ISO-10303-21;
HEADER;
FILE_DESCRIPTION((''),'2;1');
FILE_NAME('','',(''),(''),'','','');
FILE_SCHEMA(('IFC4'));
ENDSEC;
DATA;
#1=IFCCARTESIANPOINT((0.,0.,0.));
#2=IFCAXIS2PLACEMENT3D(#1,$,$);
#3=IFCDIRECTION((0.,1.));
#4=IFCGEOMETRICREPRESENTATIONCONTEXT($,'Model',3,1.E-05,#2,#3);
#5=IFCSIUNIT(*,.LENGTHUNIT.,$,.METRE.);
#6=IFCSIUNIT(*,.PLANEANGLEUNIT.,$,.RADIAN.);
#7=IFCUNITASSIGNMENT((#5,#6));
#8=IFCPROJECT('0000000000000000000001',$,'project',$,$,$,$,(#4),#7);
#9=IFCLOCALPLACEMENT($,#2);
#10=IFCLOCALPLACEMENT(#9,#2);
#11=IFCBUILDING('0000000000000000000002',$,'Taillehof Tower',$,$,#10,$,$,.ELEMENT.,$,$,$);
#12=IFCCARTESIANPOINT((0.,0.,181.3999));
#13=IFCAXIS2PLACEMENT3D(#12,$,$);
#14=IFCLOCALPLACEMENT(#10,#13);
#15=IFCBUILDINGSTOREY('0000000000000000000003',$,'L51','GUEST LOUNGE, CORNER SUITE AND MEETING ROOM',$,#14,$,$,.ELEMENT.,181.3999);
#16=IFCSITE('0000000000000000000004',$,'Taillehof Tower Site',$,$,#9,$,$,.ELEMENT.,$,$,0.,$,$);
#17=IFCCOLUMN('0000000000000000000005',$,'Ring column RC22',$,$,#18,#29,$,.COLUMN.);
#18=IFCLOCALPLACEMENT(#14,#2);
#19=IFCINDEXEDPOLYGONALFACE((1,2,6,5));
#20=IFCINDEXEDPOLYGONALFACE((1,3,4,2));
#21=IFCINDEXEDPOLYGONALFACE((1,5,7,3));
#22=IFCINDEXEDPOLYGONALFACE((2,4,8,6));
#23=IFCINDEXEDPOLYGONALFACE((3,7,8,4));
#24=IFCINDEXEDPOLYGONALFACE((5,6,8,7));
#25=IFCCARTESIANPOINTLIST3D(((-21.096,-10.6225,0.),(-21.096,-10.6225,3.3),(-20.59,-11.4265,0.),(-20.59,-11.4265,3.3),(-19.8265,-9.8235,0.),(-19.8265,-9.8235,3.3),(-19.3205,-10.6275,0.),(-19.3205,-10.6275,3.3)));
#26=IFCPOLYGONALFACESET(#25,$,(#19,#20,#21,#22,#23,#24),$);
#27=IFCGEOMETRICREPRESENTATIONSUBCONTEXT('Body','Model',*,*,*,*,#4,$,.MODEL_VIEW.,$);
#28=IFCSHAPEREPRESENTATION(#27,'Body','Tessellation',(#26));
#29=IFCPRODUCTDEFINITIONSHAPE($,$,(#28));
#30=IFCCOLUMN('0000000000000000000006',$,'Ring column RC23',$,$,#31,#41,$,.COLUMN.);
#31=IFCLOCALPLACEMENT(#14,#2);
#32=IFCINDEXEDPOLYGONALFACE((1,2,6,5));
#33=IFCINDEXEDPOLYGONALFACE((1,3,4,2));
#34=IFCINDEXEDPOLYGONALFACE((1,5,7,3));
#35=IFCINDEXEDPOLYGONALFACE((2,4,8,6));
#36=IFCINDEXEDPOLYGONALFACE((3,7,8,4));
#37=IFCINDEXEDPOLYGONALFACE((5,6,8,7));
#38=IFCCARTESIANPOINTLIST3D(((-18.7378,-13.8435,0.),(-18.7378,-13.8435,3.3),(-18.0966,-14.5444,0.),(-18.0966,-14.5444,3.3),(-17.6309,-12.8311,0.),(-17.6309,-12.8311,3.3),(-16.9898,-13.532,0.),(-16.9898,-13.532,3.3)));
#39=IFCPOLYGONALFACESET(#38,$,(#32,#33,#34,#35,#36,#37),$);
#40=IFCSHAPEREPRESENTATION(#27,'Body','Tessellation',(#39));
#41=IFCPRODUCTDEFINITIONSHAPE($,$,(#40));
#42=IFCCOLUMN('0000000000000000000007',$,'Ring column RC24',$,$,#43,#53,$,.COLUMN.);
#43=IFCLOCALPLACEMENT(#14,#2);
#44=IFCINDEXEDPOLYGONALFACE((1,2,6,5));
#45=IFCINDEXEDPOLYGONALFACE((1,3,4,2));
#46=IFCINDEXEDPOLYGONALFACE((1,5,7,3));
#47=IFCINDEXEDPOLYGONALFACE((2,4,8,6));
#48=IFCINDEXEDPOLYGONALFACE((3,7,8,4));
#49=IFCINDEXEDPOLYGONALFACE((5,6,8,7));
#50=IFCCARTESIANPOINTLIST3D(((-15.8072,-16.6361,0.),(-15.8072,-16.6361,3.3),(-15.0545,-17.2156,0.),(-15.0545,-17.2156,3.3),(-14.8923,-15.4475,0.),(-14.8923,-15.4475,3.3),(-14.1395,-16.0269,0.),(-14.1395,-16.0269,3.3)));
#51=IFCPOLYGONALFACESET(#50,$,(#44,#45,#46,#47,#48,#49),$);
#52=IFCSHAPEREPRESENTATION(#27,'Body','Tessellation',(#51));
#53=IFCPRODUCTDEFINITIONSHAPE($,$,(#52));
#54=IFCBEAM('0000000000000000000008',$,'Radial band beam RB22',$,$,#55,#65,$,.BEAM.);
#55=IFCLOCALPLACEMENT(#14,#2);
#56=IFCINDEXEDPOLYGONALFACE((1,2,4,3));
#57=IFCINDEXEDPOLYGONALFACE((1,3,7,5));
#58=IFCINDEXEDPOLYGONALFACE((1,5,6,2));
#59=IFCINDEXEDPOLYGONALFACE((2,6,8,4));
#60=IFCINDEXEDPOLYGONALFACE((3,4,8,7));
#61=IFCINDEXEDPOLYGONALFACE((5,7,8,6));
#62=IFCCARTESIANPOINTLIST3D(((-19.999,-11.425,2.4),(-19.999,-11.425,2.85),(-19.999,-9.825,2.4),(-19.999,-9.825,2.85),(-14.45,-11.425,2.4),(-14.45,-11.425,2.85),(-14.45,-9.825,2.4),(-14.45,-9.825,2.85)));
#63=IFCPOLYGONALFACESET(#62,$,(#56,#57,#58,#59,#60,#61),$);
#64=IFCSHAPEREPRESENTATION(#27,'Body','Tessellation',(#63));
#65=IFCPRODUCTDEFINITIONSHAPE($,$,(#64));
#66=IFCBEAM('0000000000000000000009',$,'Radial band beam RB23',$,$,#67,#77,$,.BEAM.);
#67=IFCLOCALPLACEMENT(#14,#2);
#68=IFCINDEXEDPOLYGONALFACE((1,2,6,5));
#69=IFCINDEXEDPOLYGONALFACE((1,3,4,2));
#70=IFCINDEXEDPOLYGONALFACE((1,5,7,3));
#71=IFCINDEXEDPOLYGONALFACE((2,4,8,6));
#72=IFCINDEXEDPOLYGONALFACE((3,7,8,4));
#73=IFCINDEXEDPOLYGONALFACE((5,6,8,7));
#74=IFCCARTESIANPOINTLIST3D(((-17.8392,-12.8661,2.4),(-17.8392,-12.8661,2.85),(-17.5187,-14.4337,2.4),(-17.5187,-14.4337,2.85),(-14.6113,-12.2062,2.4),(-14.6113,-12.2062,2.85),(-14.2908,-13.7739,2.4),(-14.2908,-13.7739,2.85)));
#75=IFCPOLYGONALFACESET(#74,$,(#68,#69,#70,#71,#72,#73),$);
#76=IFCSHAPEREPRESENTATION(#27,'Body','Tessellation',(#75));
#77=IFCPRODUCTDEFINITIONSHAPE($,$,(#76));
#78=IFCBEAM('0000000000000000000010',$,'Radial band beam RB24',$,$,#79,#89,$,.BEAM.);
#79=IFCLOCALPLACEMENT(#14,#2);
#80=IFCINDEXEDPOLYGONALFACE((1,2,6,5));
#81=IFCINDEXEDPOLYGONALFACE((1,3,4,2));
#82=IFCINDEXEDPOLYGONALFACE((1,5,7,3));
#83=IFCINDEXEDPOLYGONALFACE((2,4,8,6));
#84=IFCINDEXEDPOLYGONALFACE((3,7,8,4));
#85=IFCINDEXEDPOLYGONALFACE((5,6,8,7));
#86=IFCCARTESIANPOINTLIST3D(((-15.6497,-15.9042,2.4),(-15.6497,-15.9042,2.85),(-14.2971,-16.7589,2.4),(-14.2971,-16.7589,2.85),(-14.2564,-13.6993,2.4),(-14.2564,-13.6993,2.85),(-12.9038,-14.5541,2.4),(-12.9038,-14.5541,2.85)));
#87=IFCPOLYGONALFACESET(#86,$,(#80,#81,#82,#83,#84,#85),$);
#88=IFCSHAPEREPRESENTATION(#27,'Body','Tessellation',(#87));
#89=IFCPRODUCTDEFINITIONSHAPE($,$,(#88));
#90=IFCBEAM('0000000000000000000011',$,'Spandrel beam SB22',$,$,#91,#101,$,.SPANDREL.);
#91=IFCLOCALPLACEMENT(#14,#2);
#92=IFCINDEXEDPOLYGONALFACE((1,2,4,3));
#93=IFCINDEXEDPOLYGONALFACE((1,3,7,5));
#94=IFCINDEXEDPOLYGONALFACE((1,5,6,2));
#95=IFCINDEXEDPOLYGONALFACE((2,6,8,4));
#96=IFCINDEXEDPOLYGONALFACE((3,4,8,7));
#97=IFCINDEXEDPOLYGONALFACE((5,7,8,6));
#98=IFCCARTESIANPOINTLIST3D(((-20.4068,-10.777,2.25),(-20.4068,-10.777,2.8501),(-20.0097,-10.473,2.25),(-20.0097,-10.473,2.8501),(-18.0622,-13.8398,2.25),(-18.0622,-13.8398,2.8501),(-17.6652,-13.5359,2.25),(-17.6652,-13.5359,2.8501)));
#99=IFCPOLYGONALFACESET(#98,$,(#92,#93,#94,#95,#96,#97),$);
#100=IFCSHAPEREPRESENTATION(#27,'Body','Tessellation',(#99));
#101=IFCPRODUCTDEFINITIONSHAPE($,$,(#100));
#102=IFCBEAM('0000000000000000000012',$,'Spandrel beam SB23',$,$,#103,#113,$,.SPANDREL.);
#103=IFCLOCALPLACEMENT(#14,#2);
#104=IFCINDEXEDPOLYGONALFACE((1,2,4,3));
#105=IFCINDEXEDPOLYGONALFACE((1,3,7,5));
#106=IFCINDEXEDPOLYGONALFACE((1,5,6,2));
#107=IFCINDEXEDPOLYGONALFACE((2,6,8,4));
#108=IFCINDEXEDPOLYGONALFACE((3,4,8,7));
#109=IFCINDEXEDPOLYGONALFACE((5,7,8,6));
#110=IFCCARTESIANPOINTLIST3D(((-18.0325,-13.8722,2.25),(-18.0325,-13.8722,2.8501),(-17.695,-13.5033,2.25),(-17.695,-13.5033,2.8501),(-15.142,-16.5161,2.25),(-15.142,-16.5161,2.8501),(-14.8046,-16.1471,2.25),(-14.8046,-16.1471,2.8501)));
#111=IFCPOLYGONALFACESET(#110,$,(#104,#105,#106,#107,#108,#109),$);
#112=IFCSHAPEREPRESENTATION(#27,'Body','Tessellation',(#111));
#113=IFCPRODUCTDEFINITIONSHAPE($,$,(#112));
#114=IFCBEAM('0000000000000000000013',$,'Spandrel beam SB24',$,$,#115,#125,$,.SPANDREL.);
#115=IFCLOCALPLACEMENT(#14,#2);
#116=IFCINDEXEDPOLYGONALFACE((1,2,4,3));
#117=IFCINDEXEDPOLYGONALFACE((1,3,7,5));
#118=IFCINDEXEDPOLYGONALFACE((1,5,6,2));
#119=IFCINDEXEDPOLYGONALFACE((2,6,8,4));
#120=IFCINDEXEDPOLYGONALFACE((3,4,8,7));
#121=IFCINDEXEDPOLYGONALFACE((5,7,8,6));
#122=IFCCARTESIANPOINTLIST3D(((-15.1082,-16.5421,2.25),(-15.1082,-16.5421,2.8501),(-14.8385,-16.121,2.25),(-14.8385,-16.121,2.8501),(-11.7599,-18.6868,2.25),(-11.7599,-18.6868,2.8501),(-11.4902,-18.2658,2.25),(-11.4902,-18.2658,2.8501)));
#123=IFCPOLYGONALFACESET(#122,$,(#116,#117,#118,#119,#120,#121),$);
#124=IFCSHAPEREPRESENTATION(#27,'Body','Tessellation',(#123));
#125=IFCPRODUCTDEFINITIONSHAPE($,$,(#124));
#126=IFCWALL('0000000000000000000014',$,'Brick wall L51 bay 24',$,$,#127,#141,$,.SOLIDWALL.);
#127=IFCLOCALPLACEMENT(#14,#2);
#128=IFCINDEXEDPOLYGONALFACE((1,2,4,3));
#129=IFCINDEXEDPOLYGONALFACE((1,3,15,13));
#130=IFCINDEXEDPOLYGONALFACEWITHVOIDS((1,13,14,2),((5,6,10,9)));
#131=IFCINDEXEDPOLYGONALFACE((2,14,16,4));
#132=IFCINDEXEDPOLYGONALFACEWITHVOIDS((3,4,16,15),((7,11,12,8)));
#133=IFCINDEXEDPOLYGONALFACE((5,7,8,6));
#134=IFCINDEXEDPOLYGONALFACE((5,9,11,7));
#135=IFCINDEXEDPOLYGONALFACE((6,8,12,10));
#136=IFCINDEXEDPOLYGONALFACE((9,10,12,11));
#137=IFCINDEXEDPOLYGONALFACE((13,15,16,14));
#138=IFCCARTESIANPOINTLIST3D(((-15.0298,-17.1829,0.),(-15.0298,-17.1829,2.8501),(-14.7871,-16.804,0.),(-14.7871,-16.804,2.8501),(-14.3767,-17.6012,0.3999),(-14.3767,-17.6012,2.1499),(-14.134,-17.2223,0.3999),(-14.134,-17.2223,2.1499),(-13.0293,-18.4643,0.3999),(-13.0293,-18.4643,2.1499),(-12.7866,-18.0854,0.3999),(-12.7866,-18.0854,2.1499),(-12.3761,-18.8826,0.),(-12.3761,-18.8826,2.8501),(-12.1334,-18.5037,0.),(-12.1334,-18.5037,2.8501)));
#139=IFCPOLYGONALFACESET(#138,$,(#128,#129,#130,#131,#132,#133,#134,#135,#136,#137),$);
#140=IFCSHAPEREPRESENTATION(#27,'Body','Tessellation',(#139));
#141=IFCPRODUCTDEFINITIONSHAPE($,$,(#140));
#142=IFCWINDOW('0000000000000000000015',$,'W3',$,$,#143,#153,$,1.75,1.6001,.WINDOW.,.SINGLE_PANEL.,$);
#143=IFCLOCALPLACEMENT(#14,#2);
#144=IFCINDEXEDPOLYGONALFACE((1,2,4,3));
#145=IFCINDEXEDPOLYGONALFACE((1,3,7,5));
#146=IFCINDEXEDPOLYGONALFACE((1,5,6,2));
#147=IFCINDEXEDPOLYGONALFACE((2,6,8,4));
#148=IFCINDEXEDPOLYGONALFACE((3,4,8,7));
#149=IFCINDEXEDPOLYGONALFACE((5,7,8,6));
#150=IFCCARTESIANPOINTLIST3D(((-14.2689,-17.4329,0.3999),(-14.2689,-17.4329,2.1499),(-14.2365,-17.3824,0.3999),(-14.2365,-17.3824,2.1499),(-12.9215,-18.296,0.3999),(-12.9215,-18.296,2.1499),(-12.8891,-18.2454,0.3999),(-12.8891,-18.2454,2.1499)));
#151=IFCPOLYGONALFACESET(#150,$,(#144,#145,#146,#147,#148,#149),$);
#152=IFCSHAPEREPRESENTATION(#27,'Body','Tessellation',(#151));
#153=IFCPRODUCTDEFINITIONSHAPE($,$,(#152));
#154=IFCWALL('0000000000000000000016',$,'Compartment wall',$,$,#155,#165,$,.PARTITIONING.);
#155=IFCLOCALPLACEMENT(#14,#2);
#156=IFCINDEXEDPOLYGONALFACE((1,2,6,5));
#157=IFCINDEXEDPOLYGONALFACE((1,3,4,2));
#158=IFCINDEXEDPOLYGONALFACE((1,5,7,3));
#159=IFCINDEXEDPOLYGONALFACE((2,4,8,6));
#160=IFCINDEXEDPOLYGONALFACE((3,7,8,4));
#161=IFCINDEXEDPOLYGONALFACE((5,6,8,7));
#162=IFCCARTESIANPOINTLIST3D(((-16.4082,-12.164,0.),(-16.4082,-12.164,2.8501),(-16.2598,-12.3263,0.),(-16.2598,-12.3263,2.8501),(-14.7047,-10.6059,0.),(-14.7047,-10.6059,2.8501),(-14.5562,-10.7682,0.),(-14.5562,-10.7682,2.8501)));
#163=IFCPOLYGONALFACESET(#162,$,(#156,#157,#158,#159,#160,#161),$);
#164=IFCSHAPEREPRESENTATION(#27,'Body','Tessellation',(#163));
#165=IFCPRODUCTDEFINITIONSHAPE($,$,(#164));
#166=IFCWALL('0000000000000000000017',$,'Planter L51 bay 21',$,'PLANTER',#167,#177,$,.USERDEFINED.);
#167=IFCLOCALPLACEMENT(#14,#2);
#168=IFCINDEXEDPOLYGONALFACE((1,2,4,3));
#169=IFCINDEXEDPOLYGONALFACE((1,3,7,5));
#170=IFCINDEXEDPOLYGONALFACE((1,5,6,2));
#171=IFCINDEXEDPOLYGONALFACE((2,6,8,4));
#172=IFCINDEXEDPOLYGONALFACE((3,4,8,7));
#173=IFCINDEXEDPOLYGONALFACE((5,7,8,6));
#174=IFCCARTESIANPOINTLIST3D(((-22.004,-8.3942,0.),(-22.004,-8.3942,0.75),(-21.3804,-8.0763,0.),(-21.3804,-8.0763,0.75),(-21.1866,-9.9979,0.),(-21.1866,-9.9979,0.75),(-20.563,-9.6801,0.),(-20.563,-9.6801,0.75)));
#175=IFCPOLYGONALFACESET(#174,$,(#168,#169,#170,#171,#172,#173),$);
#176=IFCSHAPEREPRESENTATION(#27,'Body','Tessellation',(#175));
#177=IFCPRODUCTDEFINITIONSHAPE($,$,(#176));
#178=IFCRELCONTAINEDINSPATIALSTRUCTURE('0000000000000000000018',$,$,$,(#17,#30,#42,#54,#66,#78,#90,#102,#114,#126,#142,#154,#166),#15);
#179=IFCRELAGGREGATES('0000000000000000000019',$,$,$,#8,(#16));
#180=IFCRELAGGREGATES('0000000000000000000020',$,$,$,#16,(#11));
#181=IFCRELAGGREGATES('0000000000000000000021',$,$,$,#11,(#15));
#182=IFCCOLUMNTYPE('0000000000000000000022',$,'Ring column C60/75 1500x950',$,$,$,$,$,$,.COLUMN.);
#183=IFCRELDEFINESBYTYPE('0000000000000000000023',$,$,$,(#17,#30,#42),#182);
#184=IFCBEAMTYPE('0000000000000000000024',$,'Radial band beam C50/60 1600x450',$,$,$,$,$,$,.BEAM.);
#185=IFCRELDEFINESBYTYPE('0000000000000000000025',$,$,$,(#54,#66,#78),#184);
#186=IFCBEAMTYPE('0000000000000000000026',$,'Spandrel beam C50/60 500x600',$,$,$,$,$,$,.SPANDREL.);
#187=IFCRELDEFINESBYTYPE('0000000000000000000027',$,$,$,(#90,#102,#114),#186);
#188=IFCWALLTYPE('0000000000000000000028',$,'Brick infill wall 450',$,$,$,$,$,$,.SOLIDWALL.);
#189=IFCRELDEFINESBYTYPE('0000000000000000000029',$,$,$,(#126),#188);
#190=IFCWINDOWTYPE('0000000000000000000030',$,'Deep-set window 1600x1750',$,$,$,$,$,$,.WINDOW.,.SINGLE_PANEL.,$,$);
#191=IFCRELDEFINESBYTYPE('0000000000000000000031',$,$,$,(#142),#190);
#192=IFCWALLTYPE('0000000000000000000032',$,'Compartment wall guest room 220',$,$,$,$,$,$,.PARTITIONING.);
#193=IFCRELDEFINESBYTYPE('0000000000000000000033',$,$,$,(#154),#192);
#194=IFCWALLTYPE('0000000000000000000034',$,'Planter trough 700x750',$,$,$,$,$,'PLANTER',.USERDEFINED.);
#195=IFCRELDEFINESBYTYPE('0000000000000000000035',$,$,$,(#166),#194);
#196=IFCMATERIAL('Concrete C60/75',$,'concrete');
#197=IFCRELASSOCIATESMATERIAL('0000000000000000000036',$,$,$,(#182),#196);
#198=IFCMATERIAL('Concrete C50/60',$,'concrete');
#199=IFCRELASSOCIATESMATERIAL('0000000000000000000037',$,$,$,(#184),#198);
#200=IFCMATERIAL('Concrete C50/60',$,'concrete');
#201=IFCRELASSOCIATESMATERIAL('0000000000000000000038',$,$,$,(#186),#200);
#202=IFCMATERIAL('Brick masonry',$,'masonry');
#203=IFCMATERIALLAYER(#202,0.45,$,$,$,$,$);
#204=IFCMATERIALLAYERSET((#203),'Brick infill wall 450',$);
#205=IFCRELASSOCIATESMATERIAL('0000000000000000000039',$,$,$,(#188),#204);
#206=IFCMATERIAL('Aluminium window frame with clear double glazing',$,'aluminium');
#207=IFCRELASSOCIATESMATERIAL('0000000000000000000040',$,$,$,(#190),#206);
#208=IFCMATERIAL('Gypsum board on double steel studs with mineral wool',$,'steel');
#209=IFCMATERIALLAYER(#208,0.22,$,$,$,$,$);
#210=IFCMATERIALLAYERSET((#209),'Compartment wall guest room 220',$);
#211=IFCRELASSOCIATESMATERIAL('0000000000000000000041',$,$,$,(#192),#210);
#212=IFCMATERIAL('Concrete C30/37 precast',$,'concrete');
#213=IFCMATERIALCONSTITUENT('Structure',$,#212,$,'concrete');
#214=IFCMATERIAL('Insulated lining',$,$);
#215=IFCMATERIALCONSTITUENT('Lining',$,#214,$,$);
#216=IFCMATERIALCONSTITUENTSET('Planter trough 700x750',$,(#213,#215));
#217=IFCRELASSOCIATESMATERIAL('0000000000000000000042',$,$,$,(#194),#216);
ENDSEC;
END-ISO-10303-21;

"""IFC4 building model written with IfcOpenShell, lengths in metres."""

from ifc_helpers import new_model, si_unit, direction, frame, frame_2d, origin, origin_2d, place, context, subcontext, project, spatial, rectangle, extrude, material, layer, layer_set, constituent, constituent_set, material_profile, profile_set, type_object, element, fill, save


model = new_model("IFC4")

# Units and contexts
model_context = context("Model", 3, precision=1e-05, world=origin(), true_north=direction((0.0, 1.0)))
body_context = subcontext(model_context, "Body", "Model", "MODEL_VIEW")
ifc_project = project(units=[si_unit("LENGTHUNIT", "METRE"), si_unit("PLANEANGLEUNIT", "RADIAN")], contexts=[model_context])

# Site, building, storey
site_placement = place(None, origin())
site = spatial("IfcSite", under=ifc_project, at=site_placement, Name="Taillehof Tower Site", CompositionType="ELEMENT", RefElevation=0.0)
building_placement = place(site_placement, origin())
building = spatial("IfcBuilding", under=site, at=building_placement, Name="Taillehof Tower", CompositionType="ELEMENT")
storey_placement = place(building_placement, frame((0.0, 0.0, 181.3999)))
storey = spatial("IfcBuildingStorey", under=building, at=storey_placement, Name="L51", Description="GUEST LOUNGE, CORNER SUITE AND MEETING ROOM", CompositionType="ELEMENT", Elevation=181.3999)

# Columns
ifc_material_1 = material(Name="Concrete C60/75", Category="concrete")
ifc_material_profile_1 = material_profile(ifc_material_1, rectangle(XDim=1.5, YDim=0.95, at=origin_2d()), Name="RC 1500x950")
ifc_profile_set_1 = profile_set([ifc_material_profile_1], Name="Concrete C60/75")
column_type = type_object("IfcColumnType", Name="Ring column C60/75 1500x950", PredefinedType="COLUMN", material=ifc_profile_set_1)
for number, where, z_axis, x_axis, name in (
    (1, (-20.2083, -10.625, 0.0), (0.0, 0.0, 1.0), (-0.846334, -0.532652, 0.0), "Ring column RC22"),
    (2, (-17.8638, -13.6877, 0.0), (0.0, 0.0, 1.0), (-0.737879, -0.674933, 0.0), "Ring column RC23"),
    (3, (-14.9734, -16.3315, 0.0), (0.0, 0.0, 1.0), (-0.609971, -0.792424, 0.0), "Ring column RC24"),
):
    element("IfcColumn", number, at=place(storey_placement, frame(where, z_axis=z_axis, x_axis=x_axis)), inside=storey, type_object=column_type, Name=name, PredefinedType="COLUMN", context=body_context, shape_type="SweptSolid", body=[
        extrude(rectangle(XDim=1.5, YDim=0.95, at=origin_2d()), origin(), (0.0, 0.0, 1.0), 3.3),
    ])

# Beams
ifc_material_2 = material(Name="Concrete C50/60", Category="concrete")
ifc_material_profile_2 = material_profile(ifc_material_2, rectangle(XDim=1.6001, YDim=0.45, at=origin_2d()), Name="RC 1600x450")
ifc_profile_set_2 = profile_set([ifc_material_profile_2], Name="Concrete C50/60")
beam_type_1 = type_object("IfcBeamType", Name="Radial band beam C50/60 1600x450", PredefinedType="BEAM", material=ifc_profile_set_2)
beam_1_placement = place(storey_placement, frame((-19.999, -10.625, 2.625), z_axis=(1.0, 0.0, 0.0), x_axis=(0.0, 1.0, 0.0)))
element("IfcBeam", 4, at=beam_1_placement, inside=storey, type_object=beam_type_1, Name="Radial band beam RB22", PredefinedType="BEAM", context=body_context, shape_type="SweptSolid", body=[
    extrude(rectangle(XDim=1.6001, YDim=0.45, at=origin_2d()), origin(), (0.0, 0.0, 1.0), 5.5491),
])
beam_2_placement = place(storey_placement, frame((-17.679, -13.6499, 2.625), z_axis=(0.979737, 0.20029, 0.0), x_axis=(-0.20029, 0.979737, 0.0)))
element("IfcBeam", 5, at=beam_2_placement, inside=storey, type_object=beam_type_1, Name="Radial band beam RB23", PredefinedType="BEAM", context=body_context, shape_type="SweptSolid", body=[
    extrude(rectangle(XDim=1.6001, YDim=0.45, at=origin_2d()), origin(), (0.0, 0.0, 1.0), 3.2947),
])
beam_3_placement = place(storey_placement, frame((-14.9734, -16.3315, 2.625), z_axis=(0.534208, 0.845353, 0.0), x_axis=(-0.845353, 0.534208, 0.0)))
element("IfcBeam", 6, at=beam_3_placement, inside=storey, type_object=beam_type_1, Name="Radial band beam RB24", PredefinedType="BEAM", context=body_context, shape_type="SweptSolid", body=[
    extrude(rectangle(XDim=1.6001, YDim=0.45, at=origin_2d()), origin(), (0.0, 0.0, 1.0), 2.6082),
])
ifc_material_3 = material(Name="Concrete C50/60", Category="concrete")
ifc_material_profile_3 = material_profile(ifc_material_3, rectangle(XDim=0.5, YDim=0.6001, at=origin_2d()), Name="RC 500x600")
ifc_profile_set_3 = profile_set([ifc_material_profile_3], Name="Concrete C50/60")
beam_type_2 = type_object("IfcBeamType", Name="Spandrel beam C50/60 500x600", PredefinedType="SPANDREL", material=ifc_profile_set_3)
beam_4_placement = place(storey_placement, frame((-20.2083, -10.625, 2.55), z_axis=(0.60784, -0.794059, 0.0), x_axis=(0.794059, 0.60784, 0.0)))
element("IfcBeam", 7, at=beam_4_placement, inside=storey, type_object=beam_type_2, Name="Spandrel beam SB22", PredefinedType="SPANDREL", context=body_context, shape_type="SweptSolid", body=[
    extrude(rectangle(XDim=0.5, YDim=0.6001, at=origin_2d()), origin(), (0.0, 0.0, 1.0), 3.8572),
])
beam_5_placement = place(storey_placement, frame((-17.8638, -13.6877, 2.55), z_axis=(0.737881, -0.674931, 0.0), x_axis=(0.674931, 0.737881, 0.0)))
element("IfcBeam", 8, at=beam_5_placement, inside=storey, type_object=beam_type_2, Name="Spandrel beam SB23", PredefinedType="SPANDREL", context=body_context, shape_type="SweptSolid", body=[
    extrude(rectangle(XDim=0.5, YDim=0.6001, at=origin_2d()), origin(), (0.0, 0.0, 1.0), 3.9172),
])
beam_6_placement = place(storey_placement, frame((-14.9734, -16.3315, 2.55), z_axis=(0.842065, -0.539376, 0.0), x_axis=(0.539376, 0.842065, 0.0)))
element("IfcBeam", 9, at=beam_6_placement, inside=storey, type_object=beam_type_2, Name="Spandrel beam SB24", PredefinedType="SPANDREL", context=body_context, shape_type="SweptSolid", body=[
    extrude(rectangle(XDim=0.5, YDim=0.6001, at=origin_2d()), origin(), (0.0, 0.0, 1.0), 3.9763),
])

# Wall, opening, window
ifc_material_4 = material(Name="Brick masonry", Category="masonry")
ifc_layer_1 = layer(ifc_material_4, 0.45)
ifc_layer_set_1 = layer_set([ifc_layer_1], Name="Brick infill wall 450")
wall_type_1 = type_object("IfcWallType", Name="Brick infill wall 450", PredefinedType="SOLIDWALL", material=ifc_layer_set_1)
wall_1_placement = place(storey_placement, frame((-14.9084, -16.9934, 0.0), z_axis=(0.0, 0.0, 1.0), x_axis=(0.842066, -0.539375, 0.0)))
wall_1 = element("IfcWall", 10, at=wall_1_placement, inside=storey, type_object=wall_type_1, Name="Brick wall L51 bay 24", PredefinedType="SOLIDWALL", context=body_context, shape_type="SweptSolid", body=[
    extrude(rectangle(XDim=3.1514, YDim=0.45, at=frame_2d((1.5757, 0.0))), origin(), (0.0, 0.0, 1.0), 2.8501),
])
opening_1_placement = place(wall_1_placement, frame((0.7756, 0.0, 0.3999)))
opening_1 = element("IfcOpeningElement", 11, at=opening_1_placement, cuts=wall_1, PredefinedType="OPENING", context=body_context, shape_type="SweptSolid", body=[
    extrude(rectangle(XDim=1.6001, YDim=1.75, at=frame_2d((0.8, 0.875))), frame((0.0, 0.2349, 0.0), z_axis=(0.0, -1.0, 0.0), x_axis=(1.0, 0.0, 0.0)), (0.0, 0.0, 1.0), 0.47),
])
ifc_material_5 = material(Name="Aluminium window frame with clear double glazing", Category="aluminium")
window_type_1 = type_object("IfcWindowType", Name="Deep-set window 1600x1750", PartitioningType="SINGLE_PANEL", PredefinedType="WINDOW", material=ifc_material_5)
window_1_placement = place(opening_1_placement, origin())
window_1 = element("IfcWindow", 12, at=window_1_placement, inside=storey, type_object=window_type_1, Name="W3", OverallHeight=1.75, OverallWidth=1.6001, PartitioningType="SINGLE_PANEL", PredefinedType="WINDOW", context=body_context, shape_type="SweptSolid", body=[
    extrude(rectangle(XDim=1.6001, YDim=1.75, at=frame_2d((0.8, 0.875))), frame((0.0, 0.0349, 0.0), z_axis=(0.0, -1.0, 0.0), x_axis=(1.0, 0.0, 0.0)), (0.0, 0.0, 1.0), 0.0601),
])
fill(opening_1, window_1)

# Walls
ifc_material_6 = material(Name="Gypsum board on double steel studs with mineral wool", Category="steel")
ifc_layer_2 = layer(ifc_material_6, 0.22)
ifc_layer_set_2 = layer_set([ifc_layer_2], Name="Compartment wall guest room 220")
wall_type_2 = type_object("IfcWallType", Name="Compartment wall guest room 220", PredefinedType="PARTITIONING", material=ifc_layer_set_2)
wall_2_placement = place(storey_placement, frame((-16.334, -12.2451, 0.0), z_axis=(0.0, 0.0, 1.0), x_axis=(0.737917, 0.674891, 0.0)))
element("IfcWall", 13, at=wall_2_placement, inside=storey, type_object=wall_type_2, Name="Compartment wall", PredefinedType="PARTITIONING", context=body_context, shape_type="SweptSolid", body=[
    extrude(rectangle(XDim=2.3086, YDim=0.22, at=frame_2d((1.1543, 0.0))), origin(), (0.0, 0.0, 1.0), 2.8501),
])
ifc_material_7 = material(Name="Concrete C30/37 precast", Category="concrete")
ifc_constituent_1 = constituent(ifc_material_7, Name="Structure", Category="concrete")
ifc_material_8 = material(Name="Insulated lining")
ifc_constituent_2 = constituent(ifc_material_8, Name="Lining")
ifc_constituent_set = constituent_set(constituents=[ifc_constituent_1, ifc_constituent_2], Name="Planter trough 700x750")
wall_type_3 = type_object("IfcWallType", Name="Planter trough 700x750", ElementType="PLANTER", PredefinedType="USERDEFINED", material=ifc_constituent_set)
for number, where, z_axis, x_axis, name in (
    (14, (-21.6921, -8.2354, 0.0), (0.0, 0.0, 1.0), (0.45409, -0.890956, 0.0), "Planter L51 bay 21"),
):
    element("IfcWall", number, at=place(storey_placement, frame(where, z_axis=z_axis, x_axis=x_axis)), inside=storey, type_object=wall_type_3, Name=name, ObjectType="PLANTER", PredefinedType="USERDEFINED", context=body_context, shape_type="SweptSolid", body=[
        extrude(rectangle(XDim=1.8, YDim=0.7, at=frame_2d((0.8999, 0.0))), origin(), (0.0, 0.0, 1.0), 0.75),
    ])

save(model, "model.ifc")
